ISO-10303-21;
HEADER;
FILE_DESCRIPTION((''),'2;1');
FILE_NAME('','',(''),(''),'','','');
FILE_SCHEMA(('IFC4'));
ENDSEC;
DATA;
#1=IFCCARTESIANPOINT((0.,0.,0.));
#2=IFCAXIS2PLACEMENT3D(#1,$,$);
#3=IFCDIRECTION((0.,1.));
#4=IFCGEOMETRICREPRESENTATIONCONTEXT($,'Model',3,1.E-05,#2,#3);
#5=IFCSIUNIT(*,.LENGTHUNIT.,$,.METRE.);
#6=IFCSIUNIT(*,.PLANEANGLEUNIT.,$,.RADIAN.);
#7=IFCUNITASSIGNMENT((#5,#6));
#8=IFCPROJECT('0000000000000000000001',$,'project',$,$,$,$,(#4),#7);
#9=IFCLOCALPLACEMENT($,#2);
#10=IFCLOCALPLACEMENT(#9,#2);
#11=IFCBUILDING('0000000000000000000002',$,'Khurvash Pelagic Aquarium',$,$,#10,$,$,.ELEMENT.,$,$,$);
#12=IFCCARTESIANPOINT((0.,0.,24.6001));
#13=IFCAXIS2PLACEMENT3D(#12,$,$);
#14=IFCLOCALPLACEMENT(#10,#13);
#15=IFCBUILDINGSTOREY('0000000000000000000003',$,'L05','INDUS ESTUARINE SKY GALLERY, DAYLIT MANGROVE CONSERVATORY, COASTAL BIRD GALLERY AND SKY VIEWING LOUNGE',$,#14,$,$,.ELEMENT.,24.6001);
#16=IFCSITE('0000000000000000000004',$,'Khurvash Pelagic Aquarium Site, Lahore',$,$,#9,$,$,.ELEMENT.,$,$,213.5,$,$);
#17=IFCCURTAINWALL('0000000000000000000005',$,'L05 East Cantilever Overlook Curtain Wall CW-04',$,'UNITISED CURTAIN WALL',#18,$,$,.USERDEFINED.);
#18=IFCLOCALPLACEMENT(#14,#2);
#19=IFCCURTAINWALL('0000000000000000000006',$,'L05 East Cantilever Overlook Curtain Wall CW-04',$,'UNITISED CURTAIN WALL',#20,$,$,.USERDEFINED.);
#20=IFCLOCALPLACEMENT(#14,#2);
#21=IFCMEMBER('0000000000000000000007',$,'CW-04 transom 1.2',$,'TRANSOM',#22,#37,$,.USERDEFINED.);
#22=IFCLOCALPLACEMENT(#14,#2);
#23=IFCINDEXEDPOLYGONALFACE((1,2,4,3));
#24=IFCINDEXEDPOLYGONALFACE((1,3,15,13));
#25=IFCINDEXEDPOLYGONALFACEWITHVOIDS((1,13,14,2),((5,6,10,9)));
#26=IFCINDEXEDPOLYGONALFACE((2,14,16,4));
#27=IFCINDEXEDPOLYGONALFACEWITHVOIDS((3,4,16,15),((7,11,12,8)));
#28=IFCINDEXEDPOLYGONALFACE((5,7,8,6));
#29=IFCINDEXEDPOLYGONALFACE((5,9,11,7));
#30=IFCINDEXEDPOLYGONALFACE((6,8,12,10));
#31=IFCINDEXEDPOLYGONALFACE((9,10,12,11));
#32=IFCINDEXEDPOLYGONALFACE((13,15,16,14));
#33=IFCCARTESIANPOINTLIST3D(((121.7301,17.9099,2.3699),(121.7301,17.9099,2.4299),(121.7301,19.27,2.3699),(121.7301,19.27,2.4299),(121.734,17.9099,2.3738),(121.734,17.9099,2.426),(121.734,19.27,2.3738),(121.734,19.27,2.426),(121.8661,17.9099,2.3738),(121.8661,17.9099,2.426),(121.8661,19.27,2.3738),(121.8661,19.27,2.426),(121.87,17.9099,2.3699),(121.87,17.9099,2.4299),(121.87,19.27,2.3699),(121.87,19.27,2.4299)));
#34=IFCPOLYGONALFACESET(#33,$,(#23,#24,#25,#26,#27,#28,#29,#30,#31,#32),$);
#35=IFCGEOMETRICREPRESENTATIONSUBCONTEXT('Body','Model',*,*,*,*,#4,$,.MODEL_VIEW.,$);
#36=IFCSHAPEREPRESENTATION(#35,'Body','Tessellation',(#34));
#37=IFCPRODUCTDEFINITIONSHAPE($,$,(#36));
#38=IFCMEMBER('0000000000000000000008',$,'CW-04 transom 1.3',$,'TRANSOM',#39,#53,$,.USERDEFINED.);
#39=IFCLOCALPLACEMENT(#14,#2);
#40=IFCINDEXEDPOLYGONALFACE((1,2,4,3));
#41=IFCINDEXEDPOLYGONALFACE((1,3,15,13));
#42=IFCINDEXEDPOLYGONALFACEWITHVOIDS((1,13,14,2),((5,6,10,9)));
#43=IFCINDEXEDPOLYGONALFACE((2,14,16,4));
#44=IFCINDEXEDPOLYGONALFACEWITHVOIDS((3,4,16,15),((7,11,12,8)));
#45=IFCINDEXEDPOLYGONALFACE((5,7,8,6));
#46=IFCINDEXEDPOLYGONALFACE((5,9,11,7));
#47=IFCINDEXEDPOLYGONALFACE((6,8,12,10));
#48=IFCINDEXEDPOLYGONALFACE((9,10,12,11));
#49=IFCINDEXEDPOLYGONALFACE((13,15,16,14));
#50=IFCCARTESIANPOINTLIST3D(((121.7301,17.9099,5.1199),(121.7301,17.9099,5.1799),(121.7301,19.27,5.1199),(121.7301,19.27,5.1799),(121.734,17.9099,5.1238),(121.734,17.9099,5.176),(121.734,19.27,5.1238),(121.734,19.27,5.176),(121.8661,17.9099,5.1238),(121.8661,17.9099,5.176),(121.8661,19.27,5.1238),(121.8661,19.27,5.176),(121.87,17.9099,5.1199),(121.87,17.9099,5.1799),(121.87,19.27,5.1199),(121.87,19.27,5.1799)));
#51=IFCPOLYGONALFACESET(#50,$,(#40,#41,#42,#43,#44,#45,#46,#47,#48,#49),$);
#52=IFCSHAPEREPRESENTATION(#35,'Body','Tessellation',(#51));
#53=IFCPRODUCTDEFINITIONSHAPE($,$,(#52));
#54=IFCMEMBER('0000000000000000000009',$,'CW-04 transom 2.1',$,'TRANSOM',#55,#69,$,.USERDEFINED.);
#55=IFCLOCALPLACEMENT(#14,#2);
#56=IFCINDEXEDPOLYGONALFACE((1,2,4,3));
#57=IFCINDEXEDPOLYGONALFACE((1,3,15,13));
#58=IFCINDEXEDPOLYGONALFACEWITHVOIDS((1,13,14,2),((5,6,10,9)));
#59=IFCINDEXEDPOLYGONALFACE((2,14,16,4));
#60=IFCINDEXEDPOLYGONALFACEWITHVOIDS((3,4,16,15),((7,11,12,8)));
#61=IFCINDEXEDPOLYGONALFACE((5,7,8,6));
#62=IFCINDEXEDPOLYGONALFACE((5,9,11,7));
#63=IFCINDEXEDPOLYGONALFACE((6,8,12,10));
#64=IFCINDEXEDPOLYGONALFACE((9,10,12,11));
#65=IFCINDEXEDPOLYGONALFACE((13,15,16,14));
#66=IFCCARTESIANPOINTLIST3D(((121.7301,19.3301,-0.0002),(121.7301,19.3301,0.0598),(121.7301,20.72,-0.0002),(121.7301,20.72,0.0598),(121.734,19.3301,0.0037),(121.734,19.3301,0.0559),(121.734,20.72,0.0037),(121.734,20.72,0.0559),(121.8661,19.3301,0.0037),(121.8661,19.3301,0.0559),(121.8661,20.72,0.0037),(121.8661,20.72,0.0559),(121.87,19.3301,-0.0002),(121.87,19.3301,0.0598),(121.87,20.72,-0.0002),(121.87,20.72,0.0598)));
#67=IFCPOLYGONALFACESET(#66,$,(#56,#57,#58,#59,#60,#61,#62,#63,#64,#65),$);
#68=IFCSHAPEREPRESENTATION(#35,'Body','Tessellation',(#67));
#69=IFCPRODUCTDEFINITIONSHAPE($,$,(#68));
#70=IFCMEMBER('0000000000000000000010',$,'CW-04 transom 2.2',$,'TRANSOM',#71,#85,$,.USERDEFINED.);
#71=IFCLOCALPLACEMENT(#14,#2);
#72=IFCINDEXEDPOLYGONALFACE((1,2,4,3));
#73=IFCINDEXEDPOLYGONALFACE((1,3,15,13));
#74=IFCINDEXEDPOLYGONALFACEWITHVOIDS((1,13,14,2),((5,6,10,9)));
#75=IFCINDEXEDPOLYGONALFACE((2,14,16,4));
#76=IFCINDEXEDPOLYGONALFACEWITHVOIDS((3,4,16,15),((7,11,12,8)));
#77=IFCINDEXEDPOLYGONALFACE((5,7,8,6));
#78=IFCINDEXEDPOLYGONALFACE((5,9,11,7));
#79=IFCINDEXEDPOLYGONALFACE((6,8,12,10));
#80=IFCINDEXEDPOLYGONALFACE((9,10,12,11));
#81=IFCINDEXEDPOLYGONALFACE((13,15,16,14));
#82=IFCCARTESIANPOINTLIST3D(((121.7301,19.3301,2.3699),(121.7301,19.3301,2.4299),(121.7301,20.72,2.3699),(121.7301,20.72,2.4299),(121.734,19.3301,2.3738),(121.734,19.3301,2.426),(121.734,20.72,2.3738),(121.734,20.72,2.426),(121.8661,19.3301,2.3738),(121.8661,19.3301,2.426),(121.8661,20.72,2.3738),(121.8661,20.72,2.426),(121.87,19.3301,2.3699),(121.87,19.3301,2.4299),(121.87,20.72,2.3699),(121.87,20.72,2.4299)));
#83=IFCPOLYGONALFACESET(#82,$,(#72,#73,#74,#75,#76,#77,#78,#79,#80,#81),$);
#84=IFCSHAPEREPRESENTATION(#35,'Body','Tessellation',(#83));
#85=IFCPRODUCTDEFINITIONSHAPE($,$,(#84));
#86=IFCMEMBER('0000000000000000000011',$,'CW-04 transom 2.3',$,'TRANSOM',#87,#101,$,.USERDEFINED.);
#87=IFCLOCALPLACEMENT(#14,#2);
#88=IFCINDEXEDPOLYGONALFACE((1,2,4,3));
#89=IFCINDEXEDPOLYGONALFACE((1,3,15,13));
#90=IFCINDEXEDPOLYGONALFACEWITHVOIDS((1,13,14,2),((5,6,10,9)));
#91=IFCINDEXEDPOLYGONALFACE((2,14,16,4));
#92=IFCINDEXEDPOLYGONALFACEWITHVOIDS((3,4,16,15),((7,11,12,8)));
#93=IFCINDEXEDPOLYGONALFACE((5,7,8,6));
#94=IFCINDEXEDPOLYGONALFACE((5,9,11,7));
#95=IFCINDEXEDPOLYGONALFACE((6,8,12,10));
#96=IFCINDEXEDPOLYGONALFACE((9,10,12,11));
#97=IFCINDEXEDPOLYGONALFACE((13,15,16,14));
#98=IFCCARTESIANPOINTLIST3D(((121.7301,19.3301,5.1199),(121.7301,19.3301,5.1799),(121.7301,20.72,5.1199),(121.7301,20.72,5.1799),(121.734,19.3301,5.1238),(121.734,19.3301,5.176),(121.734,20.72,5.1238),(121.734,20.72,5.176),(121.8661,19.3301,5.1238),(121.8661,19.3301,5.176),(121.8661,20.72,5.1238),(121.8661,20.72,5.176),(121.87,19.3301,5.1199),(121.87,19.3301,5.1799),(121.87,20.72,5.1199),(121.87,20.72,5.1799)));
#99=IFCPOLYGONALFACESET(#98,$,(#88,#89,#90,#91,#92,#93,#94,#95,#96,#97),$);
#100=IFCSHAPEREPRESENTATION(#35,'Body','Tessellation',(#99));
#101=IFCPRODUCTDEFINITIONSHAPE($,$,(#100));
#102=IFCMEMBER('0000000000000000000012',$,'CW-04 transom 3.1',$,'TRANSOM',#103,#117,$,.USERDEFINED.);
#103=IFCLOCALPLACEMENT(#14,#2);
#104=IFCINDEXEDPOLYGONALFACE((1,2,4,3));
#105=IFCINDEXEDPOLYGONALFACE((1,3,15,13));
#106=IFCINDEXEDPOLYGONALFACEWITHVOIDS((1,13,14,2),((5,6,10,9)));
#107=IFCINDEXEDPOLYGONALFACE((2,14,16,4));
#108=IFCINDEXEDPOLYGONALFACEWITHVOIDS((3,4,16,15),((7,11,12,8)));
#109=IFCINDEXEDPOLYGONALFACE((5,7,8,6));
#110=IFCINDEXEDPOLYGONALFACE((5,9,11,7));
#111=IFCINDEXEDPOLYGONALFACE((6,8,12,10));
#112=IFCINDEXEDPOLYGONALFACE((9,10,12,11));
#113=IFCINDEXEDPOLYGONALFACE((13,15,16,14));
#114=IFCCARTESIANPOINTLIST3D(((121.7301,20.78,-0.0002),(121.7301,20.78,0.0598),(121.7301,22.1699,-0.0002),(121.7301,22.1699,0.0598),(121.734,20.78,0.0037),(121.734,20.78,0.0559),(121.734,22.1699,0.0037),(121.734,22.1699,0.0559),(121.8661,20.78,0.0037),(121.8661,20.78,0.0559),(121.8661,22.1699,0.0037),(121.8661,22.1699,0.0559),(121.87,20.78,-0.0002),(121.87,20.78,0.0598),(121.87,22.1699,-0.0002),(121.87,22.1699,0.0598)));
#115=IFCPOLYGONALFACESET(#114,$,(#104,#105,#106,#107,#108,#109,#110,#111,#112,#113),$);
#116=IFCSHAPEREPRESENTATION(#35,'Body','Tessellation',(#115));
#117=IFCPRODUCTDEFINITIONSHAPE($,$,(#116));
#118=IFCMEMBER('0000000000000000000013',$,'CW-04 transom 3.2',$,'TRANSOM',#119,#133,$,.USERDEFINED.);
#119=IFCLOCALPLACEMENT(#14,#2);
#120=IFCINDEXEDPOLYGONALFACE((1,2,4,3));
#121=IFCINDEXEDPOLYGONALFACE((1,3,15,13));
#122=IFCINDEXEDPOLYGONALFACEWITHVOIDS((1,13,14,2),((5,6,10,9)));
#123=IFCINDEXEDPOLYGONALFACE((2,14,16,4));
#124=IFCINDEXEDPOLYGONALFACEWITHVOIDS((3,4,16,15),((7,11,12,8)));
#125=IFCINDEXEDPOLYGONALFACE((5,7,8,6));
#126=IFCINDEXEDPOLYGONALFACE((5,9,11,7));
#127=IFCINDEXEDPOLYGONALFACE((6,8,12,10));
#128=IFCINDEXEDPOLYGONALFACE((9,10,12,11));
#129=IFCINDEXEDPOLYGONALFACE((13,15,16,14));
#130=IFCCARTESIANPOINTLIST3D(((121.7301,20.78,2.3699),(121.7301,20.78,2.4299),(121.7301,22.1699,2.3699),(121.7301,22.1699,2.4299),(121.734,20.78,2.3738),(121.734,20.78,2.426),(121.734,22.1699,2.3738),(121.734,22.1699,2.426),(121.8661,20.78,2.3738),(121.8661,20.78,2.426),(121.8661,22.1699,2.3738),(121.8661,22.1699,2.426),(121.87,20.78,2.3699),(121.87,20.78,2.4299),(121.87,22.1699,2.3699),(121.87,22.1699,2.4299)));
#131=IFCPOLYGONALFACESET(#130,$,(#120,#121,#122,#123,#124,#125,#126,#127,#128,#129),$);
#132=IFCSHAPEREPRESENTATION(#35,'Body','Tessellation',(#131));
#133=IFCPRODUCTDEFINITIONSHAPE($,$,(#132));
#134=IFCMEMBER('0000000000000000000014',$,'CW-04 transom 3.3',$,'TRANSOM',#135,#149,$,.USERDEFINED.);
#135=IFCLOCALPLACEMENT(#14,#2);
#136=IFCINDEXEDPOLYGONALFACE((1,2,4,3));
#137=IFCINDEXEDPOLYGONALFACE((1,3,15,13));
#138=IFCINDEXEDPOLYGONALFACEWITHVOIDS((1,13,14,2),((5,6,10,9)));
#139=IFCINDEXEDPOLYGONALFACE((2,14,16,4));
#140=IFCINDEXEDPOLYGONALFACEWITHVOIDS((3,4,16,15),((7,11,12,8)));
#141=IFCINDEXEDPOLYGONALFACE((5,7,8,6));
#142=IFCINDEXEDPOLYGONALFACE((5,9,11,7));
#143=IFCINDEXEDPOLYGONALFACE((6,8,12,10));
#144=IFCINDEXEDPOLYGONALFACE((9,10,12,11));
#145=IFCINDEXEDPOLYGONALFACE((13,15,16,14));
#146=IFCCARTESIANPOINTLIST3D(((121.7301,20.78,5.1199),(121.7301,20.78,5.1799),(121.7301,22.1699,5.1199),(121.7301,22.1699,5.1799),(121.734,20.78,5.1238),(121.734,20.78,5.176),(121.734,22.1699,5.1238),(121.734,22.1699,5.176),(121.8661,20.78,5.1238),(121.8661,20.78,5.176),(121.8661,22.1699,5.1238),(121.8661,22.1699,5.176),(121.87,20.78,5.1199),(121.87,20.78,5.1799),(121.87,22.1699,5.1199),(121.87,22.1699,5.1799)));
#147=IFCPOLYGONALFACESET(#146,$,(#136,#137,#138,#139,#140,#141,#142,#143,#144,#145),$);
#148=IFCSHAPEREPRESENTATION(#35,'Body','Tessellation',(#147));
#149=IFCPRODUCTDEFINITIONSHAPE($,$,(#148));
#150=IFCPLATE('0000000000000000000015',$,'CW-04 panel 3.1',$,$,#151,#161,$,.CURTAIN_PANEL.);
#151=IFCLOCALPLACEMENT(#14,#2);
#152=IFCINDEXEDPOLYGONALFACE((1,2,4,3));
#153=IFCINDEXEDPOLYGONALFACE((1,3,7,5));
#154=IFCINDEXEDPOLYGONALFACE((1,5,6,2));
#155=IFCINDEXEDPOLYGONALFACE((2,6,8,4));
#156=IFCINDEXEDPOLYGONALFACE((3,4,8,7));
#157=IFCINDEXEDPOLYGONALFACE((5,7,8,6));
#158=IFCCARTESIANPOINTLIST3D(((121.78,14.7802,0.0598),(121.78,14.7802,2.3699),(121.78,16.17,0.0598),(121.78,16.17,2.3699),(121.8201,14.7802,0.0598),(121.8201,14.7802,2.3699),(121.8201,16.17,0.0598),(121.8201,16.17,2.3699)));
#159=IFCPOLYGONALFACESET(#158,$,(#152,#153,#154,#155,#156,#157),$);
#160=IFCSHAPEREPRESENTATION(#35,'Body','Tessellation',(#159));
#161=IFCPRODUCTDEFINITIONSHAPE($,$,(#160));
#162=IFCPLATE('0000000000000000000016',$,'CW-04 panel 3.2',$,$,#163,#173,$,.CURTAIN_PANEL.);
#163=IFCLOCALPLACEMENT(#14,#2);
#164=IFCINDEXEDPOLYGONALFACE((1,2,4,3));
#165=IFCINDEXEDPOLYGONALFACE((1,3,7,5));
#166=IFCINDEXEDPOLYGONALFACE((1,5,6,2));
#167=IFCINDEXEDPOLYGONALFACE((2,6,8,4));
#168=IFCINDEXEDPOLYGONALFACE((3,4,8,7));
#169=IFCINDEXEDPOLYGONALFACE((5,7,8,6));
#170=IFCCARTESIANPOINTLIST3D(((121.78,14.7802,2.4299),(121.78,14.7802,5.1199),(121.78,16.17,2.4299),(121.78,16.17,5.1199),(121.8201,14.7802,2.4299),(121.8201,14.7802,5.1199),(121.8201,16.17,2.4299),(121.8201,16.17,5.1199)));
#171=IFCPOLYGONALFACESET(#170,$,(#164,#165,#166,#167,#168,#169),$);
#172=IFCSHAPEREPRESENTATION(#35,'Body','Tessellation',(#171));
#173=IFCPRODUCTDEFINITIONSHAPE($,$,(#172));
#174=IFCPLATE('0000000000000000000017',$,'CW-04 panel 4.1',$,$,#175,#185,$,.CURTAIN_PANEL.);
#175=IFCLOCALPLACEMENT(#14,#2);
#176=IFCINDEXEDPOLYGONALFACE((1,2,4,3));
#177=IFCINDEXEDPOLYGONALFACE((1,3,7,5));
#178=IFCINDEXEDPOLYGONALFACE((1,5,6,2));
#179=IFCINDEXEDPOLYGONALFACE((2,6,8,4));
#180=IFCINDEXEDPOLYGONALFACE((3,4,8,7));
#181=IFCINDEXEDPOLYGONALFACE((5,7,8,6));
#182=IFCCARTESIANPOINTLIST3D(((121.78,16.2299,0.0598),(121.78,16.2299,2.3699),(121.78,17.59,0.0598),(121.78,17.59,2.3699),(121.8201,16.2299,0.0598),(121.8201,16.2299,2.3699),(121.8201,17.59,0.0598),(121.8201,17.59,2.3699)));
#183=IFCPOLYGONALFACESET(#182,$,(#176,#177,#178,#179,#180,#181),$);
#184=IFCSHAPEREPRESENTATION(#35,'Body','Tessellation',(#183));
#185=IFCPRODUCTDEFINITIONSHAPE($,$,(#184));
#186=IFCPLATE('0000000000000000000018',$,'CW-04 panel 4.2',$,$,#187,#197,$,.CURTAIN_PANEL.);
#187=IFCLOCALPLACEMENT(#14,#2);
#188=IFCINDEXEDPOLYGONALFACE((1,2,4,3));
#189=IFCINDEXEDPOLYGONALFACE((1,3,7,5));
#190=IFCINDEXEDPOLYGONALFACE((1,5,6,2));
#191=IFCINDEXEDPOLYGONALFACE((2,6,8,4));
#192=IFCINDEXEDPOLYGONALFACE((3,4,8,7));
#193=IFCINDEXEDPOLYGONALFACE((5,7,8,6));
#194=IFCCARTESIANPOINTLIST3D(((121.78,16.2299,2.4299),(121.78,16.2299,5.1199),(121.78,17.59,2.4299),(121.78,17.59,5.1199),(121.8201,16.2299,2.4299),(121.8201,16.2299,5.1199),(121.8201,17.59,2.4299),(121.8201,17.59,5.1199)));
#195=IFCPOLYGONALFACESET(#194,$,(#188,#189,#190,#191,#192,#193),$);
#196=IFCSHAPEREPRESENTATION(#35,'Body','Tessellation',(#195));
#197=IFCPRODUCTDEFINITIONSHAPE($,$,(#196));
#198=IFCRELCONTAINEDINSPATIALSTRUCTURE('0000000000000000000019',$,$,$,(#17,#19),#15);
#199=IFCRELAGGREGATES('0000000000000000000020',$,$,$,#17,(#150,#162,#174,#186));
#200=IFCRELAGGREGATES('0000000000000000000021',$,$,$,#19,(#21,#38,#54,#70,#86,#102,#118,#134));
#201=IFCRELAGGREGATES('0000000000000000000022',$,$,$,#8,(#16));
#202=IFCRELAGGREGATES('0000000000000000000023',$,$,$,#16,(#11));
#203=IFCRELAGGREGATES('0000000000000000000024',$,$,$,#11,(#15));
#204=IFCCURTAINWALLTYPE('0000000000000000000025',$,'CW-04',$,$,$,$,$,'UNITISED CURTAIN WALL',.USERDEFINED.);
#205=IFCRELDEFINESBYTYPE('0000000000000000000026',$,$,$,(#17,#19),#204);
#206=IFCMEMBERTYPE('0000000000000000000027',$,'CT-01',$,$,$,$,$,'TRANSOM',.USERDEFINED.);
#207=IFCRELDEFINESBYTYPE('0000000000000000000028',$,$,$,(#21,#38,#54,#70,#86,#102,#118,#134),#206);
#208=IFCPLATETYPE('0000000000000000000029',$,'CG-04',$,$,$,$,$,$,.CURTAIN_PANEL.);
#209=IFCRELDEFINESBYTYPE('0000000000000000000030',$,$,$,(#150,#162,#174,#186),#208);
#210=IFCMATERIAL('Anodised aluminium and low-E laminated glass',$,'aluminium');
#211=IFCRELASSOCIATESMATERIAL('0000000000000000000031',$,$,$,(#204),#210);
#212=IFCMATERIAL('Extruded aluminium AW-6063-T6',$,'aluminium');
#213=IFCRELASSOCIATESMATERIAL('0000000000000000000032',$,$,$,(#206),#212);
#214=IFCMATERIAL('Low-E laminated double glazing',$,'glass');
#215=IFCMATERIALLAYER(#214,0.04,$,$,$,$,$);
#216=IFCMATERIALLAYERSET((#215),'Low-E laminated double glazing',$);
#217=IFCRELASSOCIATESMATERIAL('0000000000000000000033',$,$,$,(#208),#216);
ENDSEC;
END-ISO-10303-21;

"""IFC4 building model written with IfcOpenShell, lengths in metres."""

from ifc_helpers import new_model, si_unit, direction, frame, origin, origin_2d, place, context, subcontext, project, spatial, rectangle, hollow_rectangle, extrude, material, layer, layer_set, material_profile, profile_set, type_object, element, aggregate, save


model = new_model("IFC4")

# Units and contexts
model_context = context("Model", 3, precision=1e-05, world=origin(), true_north=direction((0.0, 1.0)))
body_context = subcontext(model_context, "Body", "Model", "MODEL_VIEW")
ifc_project = project(units=[si_unit("LENGTHUNIT", "METRE"), si_unit("PLANEANGLEUNIT", "RADIAN")], contexts=[model_context])

# Site, building, storey
site_placement = place(None, origin())
site = spatial("IfcSite", under=ifc_project, at=site_placement, Name="Khurvash Pelagic Aquarium Site, Lahore", CompositionType="ELEMENT", RefElevation=213.5)
building_placement = place(site_placement, origin())
building = spatial("IfcBuilding", under=site, at=building_placement, Name="Khurvash Pelagic Aquarium", CompositionType="ELEMENT")
storey_placement = place(building_placement, frame((0.0, 0.0, 24.6001)))
storey = spatial("IfcBuildingStorey", under=building, at=storey_placement, Name="L05", Description="INDUS ESTUARINE SKY GALLERY, DAYLIT MANGROVE CONSERVATORY, COASTAL BIRD GALLERY AND SKY VIEWING LOUNGE", CompositionType="ELEMENT", Elevation=24.6001)

# Curtain walls
ifc_material_1 = material(Name="Anodised aluminium and low-E laminated glass", Category="aluminium")
curtain_wall_type = type_object("IfcCurtainWallType", Name="CW-04", ElementType="UNITISED CURTAIN WALL", PredefinedType="USERDEFINED", material=ifc_material_1)
curtain_wall_1_placement = place(storey_placement, origin())
curtain_wall_1 = element("IfcCurtainWall", 1, at=curtain_wall_1_placement, inside=storey, type_object=curtain_wall_type, Name="L05 East Cantilever Overlook Curtain Wall CW-04", ObjectType="UNITISED CURTAIN WALL", PredefinedType="USERDEFINED")
ifc_material_2 = material(Name="Extruded aluminium AW-6063-T6", Category="aluminium")
curtain_wall_2_placement = place(storey_placement, origin())
curtain_wall_2 = element("IfcCurtainWall", 2, at=curtain_wall_2_placement, inside=storey, type_object=curtain_wall_type, Name="L05 East Cantilever Overlook Curtain Wall CW-04", ObjectType="UNITISED CURTAIN WALL", PredefinedType="USERDEFINED")

# Members
ifc_material_profile_1 = material_profile(ifc_material_2, hollow_rectangle(XDim=0.1399, YDim=0.0601, WallThickness=0.0039, at=origin_2d()), Name="CWT140X60X4")
ifc_profile_set_1 = profile_set([ifc_material_profile_1], Name="Extruded aluminium AW-6063-T6")
member_type_1 = type_object("IfcMemberType", Name="CT-01", ElementType="TRANSOM", PredefinedType="USERDEFINED", material=ifc_profile_set_1)
member_1_placement = place(storey_placement, frame((121.8, 17.9099, 2.3999), z_axis=(0.0, 1.0, 0.0), x_axis=(-1.0, 0.0, 0.0)))
member_1 = element("IfcMember", 3, at=member_1_placement, type_object=member_type_1, Name="CW-04 transom 1.2", ObjectType="TRANSOM", PredefinedType="USERDEFINED", context=body_context, shape_type="SweptSolid", body=[
    extrude(hollow_rectangle(XDim=0.1399, YDim=0.0601, WallThickness=0.0039, at=origin_2d()), origin(), (0.0, 0.0, 1.0), 1.3601),
])
member_2_placement = place(storey_placement, frame((121.8, 17.9099, 5.1499), z_axis=(0.0, 1.0, 0.0), x_axis=(-1.0, 0.0, 0.0)))
member_2 = element("IfcMember", 4, at=member_2_placement, type_object=member_type_1, Name="CW-04 transom 1.3", ObjectType="TRANSOM", PredefinedType="USERDEFINED", context=body_context, shape_type="SweptSolid", body=[
    extrude(hollow_rectangle(XDim=0.1399, YDim=0.0601, WallThickness=0.0039, at=origin_2d()), origin(), (0.0, 0.0, 1.0), 1.3601),
])
member_3_placement = place(storey_placement, frame((121.8, 19.3301, 0.0298), z_axis=(0.0, 1.0, 0.0), x_axis=(-1.0, 0.0, 0.0)))
member_3 = element("IfcMember", 5, at=member_3_placement, type_object=member_type_1, Name="CW-04 transom 2.1", ObjectType="TRANSOM", PredefinedType="USERDEFINED", context=body_context, shape_type="SweptSolid", body=[
    extrude(hollow_rectangle(XDim=0.1399, YDim=0.0601, WallThickness=0.0039, at=origin_2d()), origin(), (0.0, 0.0, 1.0), 1.3899),
])
member_4_placement = place(storey_placement, frame((121.8, 19.3301, 2.3999), z_axis=(0.0, 1.0, 0.0), x_axis=(-1.0, 0.0, 0.0)))
member_4 = element("IfcMember", 6, at=member_4_placement, type_object=member_type_1, Name="CW-04 transom 2.2", ObjectType="TRANSOM", PredefinedType="USERDEFINED", context=body_context, shape_type="SweptSolid", body=[
    extrude(hollow_rectangle(XDim=0.1399, YDim=0.0601, WallThickness=0.0039, at=origin_2d()), origin(), (0.0, 0.0, 1.0), 1.3899),
])
member_5_placement = place(storey_placement, frame((121.8, 19.3301, 5.1499), z_axis=(0.0, 1.0, 0.0), x_axis=(-1.0, 0.0, 0.0)))
member_5 = element("IfcMember", 7, at=member_5_placement, type_object=member_type_1, Name="CW-04 transom 2.3", ObjectType="TRANSOM", PredefinedType="USERDEFINED", context=body_context, shape_type="SweptSolid", body=[
    extrude(hollow_rectangle(XDim=0.1399, YDim=0.0601, WallThickness=0.0039, at=origin_2d()), origin(), (0.0, 0.0, 1.0), 1.3899),
])
member_6_placement = place(storey_placement, frame((121.8, 20.78, 0.0298), z_axis=(0.0, 1.0, 0.0), x_axis=(-1.0, 0.0, 0.0)))
member_6 = element("IfcMember", 8, at=member_6_placement, type_object=member_type_1, Name="CW-04 transom 3.1", ObjectType="TRANSOM", PredefinedType="USERDEFINED", context=body_context, shape_type="SweptSolid", body=[
    extrude(hollow_rectangle(XDim=0.1399, YDim=0.0601, WallThickness=0.0039, at=origin_2d()), origin(), (0.0, 0.0, 1.0), 1.3899),
])
member_7_placement = place(storey_placement, frame((121.8, 20.78, 2.3999), z_axis=(0.0, 1.0, 0.0), x_axis=(-1.0, 0.0, 0.0)))
member_7 = element("IfcMember", 9, at=member_7_placement, type_object=member_type_1, Name="CW-04 transom 3.2", ObjectType="TRANSOM", PredefinedType="USERDEFINED", context=body_context, shape_type="SweptSolid", body=[
    extrude(hollow_rectangle(XDim=0.1399, YDim=0.0601, WallThickness=0.0039, at=origin_2d()), origin(), (0.0, 0.0, 1.0), 1.3899),
])
member_8_placement = place(storey_placement, frame((121.8, 20.78, 5.1499), z_axis=(0.0, 1.0, 0.0), x_axis=(-1.0, 0.0, 0.0)))
member_8 = element("IfcMember", 10, at=member_8_placement, type_object=member_type_1, Name="CW-04 transom 3.3", ObjectType="TRANSOM", PredefinedType="USERDEFINED", context=body_context, shape_type="SweptSolid", body=[
    extrude(hollow_rectangle(XDim=0.1399, YDim=0.0601, WallThickness=0.0039, at=origin_2d()), origin(), (0.0, 0.0, 1.0), 1.3899),
])

# Plates
ifc_material_3 = material(Name="Low-E laminated double glazing", Category="glass")
ifc_layer = layer(ifc_material_3, 0.04)
ifc_layer_set = layer_set([ifc_layer], Name="Low-E laminated double glazing")
plate_type = type_object("IfcPlateType", Name="CG-04", PredefinedType="CURTAIN_PANEL", material=ifc_layer_set)
plate_1_placement = place(storey_placement, frame((121.8, 15.4751, 0.0598), z_axis=(0.0, 0.0, 1.0), x_axis=(0.0, 1.0, 0.0)))
plate_1 = element("IfcPlate", 11, at=plate_1_placement, type_object=plate_type, Name="CW-04 panel 3.1", PredefinedType="CURTAIN_PANEL", context=body_context, shape_type="SweptSolid", body=[
    extrude(rectangle(XDim=1.3899, YDim=0.04, at=origin_2d()), origin(), (0.0, 0.0, 1.0), 2.3101),
])
plate_2_placement = place(storey_placement, frame((121.8, 15.4751, 2.4299), z_axis=(0.0, 0.0, 1.0), x_axis=(0.0, 1.0, 0.0)))
plate_2 = element("IfcPlate", 12, at=plate_2_placement, type_object=plate_type, Name="CW-04 panel 3.2", PredefinedType="CURTAIN_PANEL", context=body_context, shape_type="SweptSolid", body=[
    extrude(rectangle(XDim=1.3899, YDim=0.04, at=origin_2d()), origin(), (0.0, 0.0, 1.0), 2.6899),
])
plate_3_placement = place(storey_placement, frame((121.8, 16.9099, 0.0598), z_axis=(0.0, 0.0, 1.0), x_axis=(0.0, 1.0, 0.0)))
plate_3 = element("IfcPlate", 13, at=plate_3_placement, type_object=plate_type, Name="CW-04 panel 4.1", PredefinedType="CURTAIN_PANEL", context=body_context, shape_type="SweptSolid", body=[
    extrude(rectangle(XDim=1.3601, YDim=0.04, at=origin_2d()), origin(), (0.0, 0.0, 1.0), 2.3101),
])
plate_4_placement = place(storey_placement, frame((121.8, 16.9099, 2.4299), z_axis=(0.0, 0.0, 1.0), x_axis=(0.0, 1.0, 0.0)))
plate_4 = element("IfcPlate", 14, at=plate_4_placement, type_object=plate_type, Name="CW-04 panel 4.2", PredefinedType="CURTAIN_PANEL", context=body_context, shape_type="SweptSolid", body=[
    extrude(rectangle(XDim=1.3601, YDim=0.04, at=origin_2d()), origin(), (0.0, 0.0, 1.0), 2.6899),
])
aggregate(curtain_wall_1, [plate_1, plate_2, plate_3, plate_4])
aggregate(curtain_wall_2, [member_1, member_2, member_3, member_4, member_5, member_6, member_7, member_8])

save(model, "model.ifc")
